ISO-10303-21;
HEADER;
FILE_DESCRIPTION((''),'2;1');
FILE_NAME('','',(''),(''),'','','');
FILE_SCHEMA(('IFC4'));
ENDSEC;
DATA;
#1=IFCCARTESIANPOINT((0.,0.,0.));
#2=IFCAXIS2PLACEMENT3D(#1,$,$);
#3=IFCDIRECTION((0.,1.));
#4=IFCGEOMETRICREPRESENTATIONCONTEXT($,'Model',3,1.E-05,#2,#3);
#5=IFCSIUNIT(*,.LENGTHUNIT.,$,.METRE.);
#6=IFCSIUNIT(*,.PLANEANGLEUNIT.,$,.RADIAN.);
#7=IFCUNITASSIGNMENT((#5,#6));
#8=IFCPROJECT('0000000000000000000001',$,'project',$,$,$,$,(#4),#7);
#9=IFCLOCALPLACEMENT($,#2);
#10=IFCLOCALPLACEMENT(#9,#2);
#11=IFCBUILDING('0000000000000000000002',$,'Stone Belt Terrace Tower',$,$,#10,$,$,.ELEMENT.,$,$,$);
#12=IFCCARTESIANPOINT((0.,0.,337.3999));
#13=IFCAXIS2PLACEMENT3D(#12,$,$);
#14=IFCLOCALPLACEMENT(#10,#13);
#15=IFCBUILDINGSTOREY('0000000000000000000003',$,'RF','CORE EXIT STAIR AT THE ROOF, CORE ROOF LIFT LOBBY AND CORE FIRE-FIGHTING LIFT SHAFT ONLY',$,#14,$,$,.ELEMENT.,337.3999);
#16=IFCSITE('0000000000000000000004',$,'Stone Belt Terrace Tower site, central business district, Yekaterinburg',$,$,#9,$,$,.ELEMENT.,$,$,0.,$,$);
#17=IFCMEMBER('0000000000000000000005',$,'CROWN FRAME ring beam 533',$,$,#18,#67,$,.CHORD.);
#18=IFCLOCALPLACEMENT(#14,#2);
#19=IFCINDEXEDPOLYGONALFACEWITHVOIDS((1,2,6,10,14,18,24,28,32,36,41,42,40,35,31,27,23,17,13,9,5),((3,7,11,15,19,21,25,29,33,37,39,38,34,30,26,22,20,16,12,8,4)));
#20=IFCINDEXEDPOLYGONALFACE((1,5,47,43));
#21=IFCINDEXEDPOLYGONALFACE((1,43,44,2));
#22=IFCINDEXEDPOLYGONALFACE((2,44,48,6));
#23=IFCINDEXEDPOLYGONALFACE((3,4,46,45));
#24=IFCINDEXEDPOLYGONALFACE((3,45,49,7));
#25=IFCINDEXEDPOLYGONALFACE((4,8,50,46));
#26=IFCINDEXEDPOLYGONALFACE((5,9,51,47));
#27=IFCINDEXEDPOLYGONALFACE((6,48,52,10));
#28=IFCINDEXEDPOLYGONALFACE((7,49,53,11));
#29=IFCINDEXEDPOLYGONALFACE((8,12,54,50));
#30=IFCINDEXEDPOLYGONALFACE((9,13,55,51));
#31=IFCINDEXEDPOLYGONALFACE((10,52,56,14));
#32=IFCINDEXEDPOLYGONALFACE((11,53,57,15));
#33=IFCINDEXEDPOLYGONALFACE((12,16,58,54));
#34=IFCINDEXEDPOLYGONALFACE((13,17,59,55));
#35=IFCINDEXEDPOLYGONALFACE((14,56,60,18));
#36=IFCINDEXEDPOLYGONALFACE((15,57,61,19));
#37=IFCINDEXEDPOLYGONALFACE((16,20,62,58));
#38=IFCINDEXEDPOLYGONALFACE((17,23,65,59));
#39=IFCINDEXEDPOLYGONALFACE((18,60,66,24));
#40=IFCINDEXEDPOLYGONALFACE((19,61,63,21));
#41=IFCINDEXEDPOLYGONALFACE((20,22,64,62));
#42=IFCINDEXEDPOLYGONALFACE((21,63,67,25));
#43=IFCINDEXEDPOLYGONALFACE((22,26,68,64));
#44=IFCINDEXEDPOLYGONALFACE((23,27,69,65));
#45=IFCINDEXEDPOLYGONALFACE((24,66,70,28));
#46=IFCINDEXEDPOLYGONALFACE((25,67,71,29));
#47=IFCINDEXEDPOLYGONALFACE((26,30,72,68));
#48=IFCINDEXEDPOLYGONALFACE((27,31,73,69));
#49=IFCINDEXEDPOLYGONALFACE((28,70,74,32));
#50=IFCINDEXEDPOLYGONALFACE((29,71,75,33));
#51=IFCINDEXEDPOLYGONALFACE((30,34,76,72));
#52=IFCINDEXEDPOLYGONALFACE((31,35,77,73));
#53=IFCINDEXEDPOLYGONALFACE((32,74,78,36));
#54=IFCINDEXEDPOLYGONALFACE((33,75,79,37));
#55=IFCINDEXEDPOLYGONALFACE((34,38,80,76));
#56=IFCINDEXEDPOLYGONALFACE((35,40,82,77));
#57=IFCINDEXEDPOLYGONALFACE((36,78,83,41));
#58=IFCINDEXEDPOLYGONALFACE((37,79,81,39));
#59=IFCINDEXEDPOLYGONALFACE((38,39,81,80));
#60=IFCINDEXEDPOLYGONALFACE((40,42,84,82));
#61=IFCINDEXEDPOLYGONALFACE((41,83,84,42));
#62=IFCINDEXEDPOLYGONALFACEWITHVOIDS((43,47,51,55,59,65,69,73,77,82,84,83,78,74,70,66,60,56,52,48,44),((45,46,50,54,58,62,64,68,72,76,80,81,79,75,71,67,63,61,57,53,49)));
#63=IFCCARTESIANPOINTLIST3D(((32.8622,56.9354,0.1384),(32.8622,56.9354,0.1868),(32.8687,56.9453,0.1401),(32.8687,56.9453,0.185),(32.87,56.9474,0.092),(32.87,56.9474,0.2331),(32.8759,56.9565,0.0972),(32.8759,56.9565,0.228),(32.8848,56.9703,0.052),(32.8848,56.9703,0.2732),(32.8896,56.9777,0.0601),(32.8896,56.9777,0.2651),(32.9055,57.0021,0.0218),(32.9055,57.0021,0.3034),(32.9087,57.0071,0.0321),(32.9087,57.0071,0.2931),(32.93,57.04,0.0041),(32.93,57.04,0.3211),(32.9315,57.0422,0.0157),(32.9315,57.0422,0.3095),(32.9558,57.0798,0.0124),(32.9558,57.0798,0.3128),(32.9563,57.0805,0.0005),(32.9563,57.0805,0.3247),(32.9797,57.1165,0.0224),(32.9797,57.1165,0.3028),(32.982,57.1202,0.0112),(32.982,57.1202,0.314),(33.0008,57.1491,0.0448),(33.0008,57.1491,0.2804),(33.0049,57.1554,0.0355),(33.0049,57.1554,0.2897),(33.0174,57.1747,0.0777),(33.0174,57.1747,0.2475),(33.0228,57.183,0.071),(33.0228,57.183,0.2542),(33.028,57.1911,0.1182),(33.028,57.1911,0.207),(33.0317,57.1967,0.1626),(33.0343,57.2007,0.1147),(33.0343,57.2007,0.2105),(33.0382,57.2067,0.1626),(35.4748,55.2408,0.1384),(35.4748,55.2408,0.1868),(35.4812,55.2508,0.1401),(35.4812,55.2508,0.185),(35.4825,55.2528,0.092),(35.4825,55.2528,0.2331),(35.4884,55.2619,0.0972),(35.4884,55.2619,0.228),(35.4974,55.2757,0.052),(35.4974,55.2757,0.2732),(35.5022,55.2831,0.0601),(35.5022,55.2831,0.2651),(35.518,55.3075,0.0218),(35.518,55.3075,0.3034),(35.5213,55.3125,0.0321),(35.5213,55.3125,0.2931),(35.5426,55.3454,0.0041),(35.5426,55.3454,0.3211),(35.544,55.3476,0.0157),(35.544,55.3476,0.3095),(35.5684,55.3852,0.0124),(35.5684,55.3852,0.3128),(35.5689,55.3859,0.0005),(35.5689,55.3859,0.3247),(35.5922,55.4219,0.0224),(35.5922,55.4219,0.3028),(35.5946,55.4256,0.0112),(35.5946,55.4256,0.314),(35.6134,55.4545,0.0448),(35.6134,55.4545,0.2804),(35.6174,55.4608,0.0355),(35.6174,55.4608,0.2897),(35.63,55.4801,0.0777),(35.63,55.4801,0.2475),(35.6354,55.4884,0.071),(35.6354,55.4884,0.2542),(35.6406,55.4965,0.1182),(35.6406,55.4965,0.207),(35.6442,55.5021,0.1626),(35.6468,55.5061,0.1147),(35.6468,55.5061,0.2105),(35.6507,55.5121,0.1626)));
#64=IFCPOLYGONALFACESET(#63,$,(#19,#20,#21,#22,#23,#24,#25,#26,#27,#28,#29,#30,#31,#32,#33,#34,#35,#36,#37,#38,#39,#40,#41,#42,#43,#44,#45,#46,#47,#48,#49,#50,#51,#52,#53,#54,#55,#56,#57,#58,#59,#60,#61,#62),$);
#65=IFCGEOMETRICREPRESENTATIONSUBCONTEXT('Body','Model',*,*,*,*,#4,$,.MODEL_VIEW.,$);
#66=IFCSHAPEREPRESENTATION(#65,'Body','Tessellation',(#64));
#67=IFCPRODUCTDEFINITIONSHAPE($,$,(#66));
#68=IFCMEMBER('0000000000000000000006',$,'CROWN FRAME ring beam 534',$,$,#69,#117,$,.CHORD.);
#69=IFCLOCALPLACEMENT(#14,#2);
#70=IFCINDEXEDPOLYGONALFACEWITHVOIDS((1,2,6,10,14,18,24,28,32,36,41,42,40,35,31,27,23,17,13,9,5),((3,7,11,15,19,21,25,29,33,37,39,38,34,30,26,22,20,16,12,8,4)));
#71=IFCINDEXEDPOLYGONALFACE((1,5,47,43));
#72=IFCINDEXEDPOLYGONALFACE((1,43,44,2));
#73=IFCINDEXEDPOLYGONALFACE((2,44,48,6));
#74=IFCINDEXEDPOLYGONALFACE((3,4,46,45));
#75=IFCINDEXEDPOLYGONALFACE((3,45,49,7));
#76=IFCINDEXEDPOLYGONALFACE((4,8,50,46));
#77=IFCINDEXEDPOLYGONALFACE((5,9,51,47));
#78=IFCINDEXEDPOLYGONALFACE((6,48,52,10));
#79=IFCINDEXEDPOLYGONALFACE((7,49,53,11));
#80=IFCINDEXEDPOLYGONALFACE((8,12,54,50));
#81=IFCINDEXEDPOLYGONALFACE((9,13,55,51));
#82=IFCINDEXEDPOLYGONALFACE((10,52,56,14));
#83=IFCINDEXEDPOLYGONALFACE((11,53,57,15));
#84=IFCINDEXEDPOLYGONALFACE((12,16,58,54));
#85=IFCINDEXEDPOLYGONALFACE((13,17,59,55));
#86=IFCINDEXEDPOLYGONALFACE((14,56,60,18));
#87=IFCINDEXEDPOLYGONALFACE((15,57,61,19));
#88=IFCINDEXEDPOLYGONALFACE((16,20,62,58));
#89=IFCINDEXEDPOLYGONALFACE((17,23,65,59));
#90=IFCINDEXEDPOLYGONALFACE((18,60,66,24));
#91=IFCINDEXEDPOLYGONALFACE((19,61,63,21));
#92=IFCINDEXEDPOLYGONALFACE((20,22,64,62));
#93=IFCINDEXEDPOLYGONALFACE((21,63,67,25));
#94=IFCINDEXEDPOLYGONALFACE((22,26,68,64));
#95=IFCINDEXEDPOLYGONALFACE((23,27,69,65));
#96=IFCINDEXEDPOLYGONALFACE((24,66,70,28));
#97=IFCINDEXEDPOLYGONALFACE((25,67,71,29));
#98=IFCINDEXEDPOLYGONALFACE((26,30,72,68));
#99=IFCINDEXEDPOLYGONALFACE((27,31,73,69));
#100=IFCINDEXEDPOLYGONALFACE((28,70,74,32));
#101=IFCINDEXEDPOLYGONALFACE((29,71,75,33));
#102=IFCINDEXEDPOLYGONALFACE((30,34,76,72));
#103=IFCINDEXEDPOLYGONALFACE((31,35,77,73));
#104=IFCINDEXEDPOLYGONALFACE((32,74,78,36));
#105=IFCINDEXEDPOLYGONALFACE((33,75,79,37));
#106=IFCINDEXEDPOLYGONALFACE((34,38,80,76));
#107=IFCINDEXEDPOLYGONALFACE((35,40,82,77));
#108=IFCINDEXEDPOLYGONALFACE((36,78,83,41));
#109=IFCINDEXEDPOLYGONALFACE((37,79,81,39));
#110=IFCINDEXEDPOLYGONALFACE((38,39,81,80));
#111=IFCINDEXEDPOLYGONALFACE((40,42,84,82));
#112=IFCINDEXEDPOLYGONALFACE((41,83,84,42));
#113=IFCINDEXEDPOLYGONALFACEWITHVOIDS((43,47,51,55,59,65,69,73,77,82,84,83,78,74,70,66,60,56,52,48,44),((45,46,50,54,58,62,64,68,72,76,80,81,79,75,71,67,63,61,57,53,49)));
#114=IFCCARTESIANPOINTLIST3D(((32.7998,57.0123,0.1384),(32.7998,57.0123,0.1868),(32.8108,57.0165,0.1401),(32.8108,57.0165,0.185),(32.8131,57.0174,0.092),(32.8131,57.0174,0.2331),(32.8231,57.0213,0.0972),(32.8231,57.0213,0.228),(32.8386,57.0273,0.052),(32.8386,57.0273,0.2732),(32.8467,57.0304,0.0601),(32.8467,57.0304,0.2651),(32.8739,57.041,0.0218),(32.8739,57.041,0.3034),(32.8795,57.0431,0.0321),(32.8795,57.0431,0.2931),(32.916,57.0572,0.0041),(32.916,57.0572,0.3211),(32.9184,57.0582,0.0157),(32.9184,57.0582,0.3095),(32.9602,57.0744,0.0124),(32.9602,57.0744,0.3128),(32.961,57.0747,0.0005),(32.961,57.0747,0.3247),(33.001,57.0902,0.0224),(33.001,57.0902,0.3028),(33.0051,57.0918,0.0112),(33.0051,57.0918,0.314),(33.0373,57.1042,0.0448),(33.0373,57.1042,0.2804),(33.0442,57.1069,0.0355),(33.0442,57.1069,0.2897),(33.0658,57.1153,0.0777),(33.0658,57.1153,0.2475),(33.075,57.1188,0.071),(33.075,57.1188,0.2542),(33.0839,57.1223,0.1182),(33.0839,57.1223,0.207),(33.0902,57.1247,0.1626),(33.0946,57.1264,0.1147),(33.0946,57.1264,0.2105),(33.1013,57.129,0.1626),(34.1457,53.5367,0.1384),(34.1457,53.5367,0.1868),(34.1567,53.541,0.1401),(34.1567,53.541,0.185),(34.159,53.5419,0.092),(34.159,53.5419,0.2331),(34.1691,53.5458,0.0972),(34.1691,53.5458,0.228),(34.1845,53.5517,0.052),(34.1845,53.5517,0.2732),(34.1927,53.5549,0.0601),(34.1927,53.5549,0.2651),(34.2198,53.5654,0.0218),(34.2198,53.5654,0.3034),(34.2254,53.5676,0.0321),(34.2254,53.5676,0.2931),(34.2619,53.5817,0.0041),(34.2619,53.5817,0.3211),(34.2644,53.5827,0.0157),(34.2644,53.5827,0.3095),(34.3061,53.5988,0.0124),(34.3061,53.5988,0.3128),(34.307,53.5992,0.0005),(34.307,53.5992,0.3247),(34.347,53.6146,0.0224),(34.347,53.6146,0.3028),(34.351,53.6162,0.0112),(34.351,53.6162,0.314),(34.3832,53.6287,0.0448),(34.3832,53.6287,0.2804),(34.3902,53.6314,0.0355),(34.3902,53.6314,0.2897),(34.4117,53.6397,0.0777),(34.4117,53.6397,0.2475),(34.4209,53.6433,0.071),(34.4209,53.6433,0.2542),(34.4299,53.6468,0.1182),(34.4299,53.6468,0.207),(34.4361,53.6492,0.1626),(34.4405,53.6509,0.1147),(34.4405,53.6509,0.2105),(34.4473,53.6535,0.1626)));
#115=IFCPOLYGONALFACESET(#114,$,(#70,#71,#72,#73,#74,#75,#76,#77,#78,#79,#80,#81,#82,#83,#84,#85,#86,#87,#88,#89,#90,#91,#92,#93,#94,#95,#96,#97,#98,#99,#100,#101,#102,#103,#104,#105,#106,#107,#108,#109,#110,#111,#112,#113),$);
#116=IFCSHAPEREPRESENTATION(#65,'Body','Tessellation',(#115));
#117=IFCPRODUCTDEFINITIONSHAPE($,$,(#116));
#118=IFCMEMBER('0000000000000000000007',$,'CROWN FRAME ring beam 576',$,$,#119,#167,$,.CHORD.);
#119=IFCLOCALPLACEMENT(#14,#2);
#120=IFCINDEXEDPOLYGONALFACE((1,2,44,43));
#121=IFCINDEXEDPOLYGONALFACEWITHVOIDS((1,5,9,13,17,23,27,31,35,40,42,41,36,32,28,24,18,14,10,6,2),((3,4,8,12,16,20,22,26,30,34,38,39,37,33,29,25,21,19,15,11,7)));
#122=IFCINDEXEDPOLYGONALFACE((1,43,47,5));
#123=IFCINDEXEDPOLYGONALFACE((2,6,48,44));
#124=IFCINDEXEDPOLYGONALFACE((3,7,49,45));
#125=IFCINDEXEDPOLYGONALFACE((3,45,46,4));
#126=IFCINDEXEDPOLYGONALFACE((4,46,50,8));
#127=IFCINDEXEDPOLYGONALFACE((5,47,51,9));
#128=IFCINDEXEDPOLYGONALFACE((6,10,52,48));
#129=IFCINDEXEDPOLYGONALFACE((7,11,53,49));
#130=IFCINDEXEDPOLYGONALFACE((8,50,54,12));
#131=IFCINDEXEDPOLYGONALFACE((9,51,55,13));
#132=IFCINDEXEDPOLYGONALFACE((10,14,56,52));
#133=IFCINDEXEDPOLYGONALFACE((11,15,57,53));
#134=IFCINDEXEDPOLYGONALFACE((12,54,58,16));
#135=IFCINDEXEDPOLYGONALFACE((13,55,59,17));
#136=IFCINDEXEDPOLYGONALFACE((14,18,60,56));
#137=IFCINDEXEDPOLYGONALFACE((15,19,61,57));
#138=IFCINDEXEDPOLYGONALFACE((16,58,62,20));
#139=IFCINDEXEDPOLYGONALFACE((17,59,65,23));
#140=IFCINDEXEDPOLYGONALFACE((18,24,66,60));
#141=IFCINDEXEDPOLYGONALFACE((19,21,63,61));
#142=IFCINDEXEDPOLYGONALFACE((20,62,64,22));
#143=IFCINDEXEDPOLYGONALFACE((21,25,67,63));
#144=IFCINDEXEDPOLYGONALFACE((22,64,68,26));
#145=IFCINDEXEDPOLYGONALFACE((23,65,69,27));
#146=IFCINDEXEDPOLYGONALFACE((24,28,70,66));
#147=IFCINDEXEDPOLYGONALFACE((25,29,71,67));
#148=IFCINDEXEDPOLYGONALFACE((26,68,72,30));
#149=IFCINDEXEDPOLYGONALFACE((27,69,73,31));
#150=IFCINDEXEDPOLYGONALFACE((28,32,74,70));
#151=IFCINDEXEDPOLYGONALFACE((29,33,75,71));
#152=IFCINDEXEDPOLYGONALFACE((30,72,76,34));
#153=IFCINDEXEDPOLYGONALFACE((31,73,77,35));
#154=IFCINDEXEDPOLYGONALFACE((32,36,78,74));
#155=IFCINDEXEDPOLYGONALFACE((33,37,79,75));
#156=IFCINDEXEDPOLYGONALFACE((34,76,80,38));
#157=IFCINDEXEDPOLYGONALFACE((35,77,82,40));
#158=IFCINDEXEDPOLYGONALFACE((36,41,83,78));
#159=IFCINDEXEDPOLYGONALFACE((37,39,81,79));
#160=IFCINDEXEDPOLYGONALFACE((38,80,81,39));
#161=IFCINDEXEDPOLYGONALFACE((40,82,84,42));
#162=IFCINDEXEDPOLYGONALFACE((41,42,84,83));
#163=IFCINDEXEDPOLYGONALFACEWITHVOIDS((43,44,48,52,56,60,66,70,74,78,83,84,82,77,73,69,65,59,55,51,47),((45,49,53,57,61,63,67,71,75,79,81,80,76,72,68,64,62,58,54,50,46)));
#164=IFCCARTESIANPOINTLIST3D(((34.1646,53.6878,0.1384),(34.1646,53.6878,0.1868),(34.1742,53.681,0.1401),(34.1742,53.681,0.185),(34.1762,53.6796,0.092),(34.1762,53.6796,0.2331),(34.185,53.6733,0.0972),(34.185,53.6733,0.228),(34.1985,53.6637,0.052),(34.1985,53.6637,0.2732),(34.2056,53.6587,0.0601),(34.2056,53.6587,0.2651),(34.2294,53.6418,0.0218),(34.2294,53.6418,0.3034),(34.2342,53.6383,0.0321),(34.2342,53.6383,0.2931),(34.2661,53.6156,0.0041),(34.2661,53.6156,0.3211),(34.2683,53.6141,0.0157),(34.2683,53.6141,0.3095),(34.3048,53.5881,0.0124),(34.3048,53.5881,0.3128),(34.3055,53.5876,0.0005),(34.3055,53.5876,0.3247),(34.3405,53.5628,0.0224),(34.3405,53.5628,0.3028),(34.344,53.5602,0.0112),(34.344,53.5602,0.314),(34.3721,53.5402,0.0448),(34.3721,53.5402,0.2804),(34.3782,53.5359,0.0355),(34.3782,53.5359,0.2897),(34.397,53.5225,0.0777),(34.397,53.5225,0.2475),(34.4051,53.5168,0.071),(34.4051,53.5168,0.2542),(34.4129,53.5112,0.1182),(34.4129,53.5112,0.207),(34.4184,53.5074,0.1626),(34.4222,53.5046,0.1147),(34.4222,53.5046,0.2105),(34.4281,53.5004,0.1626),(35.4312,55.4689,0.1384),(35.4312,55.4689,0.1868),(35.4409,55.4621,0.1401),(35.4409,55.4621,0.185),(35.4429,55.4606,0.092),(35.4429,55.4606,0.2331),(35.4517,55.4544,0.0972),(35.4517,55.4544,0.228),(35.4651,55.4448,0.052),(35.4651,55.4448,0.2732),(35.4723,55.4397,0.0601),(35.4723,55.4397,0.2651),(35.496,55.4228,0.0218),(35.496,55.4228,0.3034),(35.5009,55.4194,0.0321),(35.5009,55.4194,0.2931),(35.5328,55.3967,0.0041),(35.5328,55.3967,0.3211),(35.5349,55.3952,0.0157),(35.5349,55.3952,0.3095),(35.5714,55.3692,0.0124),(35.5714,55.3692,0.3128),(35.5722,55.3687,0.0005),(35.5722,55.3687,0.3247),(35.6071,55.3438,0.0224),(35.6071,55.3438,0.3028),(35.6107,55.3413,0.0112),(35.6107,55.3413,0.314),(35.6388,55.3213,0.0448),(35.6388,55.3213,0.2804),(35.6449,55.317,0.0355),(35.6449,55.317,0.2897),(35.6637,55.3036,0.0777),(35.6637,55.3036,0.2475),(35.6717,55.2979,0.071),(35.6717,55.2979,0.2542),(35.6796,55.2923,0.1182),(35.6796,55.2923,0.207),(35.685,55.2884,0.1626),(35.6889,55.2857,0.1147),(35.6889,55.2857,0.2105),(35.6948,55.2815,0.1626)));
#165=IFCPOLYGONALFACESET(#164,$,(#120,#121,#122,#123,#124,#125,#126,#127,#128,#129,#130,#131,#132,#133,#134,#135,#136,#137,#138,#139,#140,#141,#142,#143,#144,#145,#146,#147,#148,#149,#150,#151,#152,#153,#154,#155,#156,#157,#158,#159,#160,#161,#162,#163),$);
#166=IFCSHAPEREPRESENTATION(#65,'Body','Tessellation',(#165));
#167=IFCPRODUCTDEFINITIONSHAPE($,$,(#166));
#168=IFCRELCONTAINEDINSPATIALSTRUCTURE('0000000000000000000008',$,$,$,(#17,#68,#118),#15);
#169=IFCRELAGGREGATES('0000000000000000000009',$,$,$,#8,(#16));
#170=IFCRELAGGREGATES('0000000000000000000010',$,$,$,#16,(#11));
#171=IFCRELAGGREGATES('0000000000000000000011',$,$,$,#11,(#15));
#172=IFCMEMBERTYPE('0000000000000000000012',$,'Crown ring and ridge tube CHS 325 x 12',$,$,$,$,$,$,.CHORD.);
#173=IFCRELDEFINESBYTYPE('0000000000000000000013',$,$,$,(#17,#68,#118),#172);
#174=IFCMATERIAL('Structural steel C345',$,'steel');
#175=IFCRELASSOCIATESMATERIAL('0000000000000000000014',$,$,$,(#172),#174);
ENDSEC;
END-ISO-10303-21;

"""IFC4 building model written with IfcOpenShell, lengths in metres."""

from ifc_helpers import new_model, si_unit, direction, frame, origin, origin_2d, place, context, subcontext, project, spatial, hollow_circle, extrude, material, material_profile, profile_set, type_object, element, save


model = new_model("IFC4")

# Units and contexts
model_context = context("Model", 3, precision=1e-05, world=origin(), true_north=direction((0.0, 1.0)))
body_context = subcontext(model_context, "Body", "Model", "MODEL_VIEW")
ifc_project = project(units=[si_unit("LENGTHUNIT", "METRE"), si_unit("PLANEANGLEUNIT", "RADIAN")], contexts=[model_context])

# Site, building, storey
site_placement = place(None, origin())
site = spatial("IfcSite", under=ifc_project, at=site_placement, Name="Stone Belt Terrace Tower site, central business district, Yekaterinburg", CompositionType="ELEMENT", RefElevation=0.0)
building_placement = place(site_placement, origin())
building = spatial("IfcBuilding", under=site, at=building_placement, Name="Stone Belt Terrace Tower", CompositionType="ELEMENT")
storey_placement = place(building_placement, frame((0.0, 0.0, 337.3999)))
storey = spatial("IfcBuildingStorey", under=building, at=storey_placement, Name="RF", Description="CORE EXIT STAIR AT THE ROOF, CORE ROOF LIFT LOBBY AND CORE FIRE-FIGHTING LIFT SHAFT ONLY", CompositionType="ELEMENT", Elevation=337.3999)

# Members
ifc_material_1 = material(Name="Structural steel C345", Category="steel")
ifc_material_profile_1 = material_profile(ifc_material_1, hollow_circle(Radius=0.1626, WallThickness=0.012, at=origin_2d()), Name="Structural steel C345 CHS 325x12")
ifc_profile_set_1 = profile_set([ifc_material_profile_1], Name="Structural steel C345")
member_type_1 = type_object("IfcMemberType", Name="Crown ring and ridge tube CHS 325 x 12", PredefinedType="CHORD", material=ifc_profile_set_1)
member_1_placement = place(storey_placement, frame((32.9497, 57.0703, 0.1626), z_axis=(0.838968, -0.544181, 0.0), x_axis=(0.544181, 0.838968, 0.0)))
element("IfcMember", 1, at=member_1_placement, inside=storey, type_object=member_type_1, Name="CROWN FRAME ring beam 533", PredefinedType="CHORD", context=body_context, shape_type="SweptSolid", body=[
    extrude(hollow_circle(Radius=0.1626, WallThickness=0.012, at=origin_2d()), origin(), (0.0, 0.0, 1.0), 3.114),
])
member_2_placement = place(storey_placement, frame((32.9497, 57.0703, 0.1626), z_axis=(0.361125, -0.932518, 0.0), x_axis=(0.932518, 0.361125, 0.0)))
element("IfcMember", 2, at=member_2_placement, inside=storey, type_object=member_type_1, Name="CROWN FRAME ring beam 534", PredefinedType="CHORD", context=body_context, shape_type="SweptSolid", body=[
    extrude(hollow_circle(Radius=0.1626, WallThickness=0.012, at=origin_2d()), origin(), (0.0, 0.0, 1.0), 3.7271),
])
member_3_placement = place(storey_placement, frame((35.5623, 55.3757, 0.1626), z_axis=(-0.579557, -0.814932, 0.0), x_axis=(0.814932, -0.579557, 0.0)))
element("IfcMember", 3, at=member_3_placement, inside=storey, type_object=member_type_1, Name="CROWN FRAME ring beam 576", PredefinedType="CHORD", context=body_context, shape_type="SweptSolid", body=[
    extrude(hollow_circle(Radius=0.1626, WallThickness=0.012, at=origin_2d()), origin(), (0.0, 0.0, 1.0), 2.1855),
])

save(model, "model.ifc")
